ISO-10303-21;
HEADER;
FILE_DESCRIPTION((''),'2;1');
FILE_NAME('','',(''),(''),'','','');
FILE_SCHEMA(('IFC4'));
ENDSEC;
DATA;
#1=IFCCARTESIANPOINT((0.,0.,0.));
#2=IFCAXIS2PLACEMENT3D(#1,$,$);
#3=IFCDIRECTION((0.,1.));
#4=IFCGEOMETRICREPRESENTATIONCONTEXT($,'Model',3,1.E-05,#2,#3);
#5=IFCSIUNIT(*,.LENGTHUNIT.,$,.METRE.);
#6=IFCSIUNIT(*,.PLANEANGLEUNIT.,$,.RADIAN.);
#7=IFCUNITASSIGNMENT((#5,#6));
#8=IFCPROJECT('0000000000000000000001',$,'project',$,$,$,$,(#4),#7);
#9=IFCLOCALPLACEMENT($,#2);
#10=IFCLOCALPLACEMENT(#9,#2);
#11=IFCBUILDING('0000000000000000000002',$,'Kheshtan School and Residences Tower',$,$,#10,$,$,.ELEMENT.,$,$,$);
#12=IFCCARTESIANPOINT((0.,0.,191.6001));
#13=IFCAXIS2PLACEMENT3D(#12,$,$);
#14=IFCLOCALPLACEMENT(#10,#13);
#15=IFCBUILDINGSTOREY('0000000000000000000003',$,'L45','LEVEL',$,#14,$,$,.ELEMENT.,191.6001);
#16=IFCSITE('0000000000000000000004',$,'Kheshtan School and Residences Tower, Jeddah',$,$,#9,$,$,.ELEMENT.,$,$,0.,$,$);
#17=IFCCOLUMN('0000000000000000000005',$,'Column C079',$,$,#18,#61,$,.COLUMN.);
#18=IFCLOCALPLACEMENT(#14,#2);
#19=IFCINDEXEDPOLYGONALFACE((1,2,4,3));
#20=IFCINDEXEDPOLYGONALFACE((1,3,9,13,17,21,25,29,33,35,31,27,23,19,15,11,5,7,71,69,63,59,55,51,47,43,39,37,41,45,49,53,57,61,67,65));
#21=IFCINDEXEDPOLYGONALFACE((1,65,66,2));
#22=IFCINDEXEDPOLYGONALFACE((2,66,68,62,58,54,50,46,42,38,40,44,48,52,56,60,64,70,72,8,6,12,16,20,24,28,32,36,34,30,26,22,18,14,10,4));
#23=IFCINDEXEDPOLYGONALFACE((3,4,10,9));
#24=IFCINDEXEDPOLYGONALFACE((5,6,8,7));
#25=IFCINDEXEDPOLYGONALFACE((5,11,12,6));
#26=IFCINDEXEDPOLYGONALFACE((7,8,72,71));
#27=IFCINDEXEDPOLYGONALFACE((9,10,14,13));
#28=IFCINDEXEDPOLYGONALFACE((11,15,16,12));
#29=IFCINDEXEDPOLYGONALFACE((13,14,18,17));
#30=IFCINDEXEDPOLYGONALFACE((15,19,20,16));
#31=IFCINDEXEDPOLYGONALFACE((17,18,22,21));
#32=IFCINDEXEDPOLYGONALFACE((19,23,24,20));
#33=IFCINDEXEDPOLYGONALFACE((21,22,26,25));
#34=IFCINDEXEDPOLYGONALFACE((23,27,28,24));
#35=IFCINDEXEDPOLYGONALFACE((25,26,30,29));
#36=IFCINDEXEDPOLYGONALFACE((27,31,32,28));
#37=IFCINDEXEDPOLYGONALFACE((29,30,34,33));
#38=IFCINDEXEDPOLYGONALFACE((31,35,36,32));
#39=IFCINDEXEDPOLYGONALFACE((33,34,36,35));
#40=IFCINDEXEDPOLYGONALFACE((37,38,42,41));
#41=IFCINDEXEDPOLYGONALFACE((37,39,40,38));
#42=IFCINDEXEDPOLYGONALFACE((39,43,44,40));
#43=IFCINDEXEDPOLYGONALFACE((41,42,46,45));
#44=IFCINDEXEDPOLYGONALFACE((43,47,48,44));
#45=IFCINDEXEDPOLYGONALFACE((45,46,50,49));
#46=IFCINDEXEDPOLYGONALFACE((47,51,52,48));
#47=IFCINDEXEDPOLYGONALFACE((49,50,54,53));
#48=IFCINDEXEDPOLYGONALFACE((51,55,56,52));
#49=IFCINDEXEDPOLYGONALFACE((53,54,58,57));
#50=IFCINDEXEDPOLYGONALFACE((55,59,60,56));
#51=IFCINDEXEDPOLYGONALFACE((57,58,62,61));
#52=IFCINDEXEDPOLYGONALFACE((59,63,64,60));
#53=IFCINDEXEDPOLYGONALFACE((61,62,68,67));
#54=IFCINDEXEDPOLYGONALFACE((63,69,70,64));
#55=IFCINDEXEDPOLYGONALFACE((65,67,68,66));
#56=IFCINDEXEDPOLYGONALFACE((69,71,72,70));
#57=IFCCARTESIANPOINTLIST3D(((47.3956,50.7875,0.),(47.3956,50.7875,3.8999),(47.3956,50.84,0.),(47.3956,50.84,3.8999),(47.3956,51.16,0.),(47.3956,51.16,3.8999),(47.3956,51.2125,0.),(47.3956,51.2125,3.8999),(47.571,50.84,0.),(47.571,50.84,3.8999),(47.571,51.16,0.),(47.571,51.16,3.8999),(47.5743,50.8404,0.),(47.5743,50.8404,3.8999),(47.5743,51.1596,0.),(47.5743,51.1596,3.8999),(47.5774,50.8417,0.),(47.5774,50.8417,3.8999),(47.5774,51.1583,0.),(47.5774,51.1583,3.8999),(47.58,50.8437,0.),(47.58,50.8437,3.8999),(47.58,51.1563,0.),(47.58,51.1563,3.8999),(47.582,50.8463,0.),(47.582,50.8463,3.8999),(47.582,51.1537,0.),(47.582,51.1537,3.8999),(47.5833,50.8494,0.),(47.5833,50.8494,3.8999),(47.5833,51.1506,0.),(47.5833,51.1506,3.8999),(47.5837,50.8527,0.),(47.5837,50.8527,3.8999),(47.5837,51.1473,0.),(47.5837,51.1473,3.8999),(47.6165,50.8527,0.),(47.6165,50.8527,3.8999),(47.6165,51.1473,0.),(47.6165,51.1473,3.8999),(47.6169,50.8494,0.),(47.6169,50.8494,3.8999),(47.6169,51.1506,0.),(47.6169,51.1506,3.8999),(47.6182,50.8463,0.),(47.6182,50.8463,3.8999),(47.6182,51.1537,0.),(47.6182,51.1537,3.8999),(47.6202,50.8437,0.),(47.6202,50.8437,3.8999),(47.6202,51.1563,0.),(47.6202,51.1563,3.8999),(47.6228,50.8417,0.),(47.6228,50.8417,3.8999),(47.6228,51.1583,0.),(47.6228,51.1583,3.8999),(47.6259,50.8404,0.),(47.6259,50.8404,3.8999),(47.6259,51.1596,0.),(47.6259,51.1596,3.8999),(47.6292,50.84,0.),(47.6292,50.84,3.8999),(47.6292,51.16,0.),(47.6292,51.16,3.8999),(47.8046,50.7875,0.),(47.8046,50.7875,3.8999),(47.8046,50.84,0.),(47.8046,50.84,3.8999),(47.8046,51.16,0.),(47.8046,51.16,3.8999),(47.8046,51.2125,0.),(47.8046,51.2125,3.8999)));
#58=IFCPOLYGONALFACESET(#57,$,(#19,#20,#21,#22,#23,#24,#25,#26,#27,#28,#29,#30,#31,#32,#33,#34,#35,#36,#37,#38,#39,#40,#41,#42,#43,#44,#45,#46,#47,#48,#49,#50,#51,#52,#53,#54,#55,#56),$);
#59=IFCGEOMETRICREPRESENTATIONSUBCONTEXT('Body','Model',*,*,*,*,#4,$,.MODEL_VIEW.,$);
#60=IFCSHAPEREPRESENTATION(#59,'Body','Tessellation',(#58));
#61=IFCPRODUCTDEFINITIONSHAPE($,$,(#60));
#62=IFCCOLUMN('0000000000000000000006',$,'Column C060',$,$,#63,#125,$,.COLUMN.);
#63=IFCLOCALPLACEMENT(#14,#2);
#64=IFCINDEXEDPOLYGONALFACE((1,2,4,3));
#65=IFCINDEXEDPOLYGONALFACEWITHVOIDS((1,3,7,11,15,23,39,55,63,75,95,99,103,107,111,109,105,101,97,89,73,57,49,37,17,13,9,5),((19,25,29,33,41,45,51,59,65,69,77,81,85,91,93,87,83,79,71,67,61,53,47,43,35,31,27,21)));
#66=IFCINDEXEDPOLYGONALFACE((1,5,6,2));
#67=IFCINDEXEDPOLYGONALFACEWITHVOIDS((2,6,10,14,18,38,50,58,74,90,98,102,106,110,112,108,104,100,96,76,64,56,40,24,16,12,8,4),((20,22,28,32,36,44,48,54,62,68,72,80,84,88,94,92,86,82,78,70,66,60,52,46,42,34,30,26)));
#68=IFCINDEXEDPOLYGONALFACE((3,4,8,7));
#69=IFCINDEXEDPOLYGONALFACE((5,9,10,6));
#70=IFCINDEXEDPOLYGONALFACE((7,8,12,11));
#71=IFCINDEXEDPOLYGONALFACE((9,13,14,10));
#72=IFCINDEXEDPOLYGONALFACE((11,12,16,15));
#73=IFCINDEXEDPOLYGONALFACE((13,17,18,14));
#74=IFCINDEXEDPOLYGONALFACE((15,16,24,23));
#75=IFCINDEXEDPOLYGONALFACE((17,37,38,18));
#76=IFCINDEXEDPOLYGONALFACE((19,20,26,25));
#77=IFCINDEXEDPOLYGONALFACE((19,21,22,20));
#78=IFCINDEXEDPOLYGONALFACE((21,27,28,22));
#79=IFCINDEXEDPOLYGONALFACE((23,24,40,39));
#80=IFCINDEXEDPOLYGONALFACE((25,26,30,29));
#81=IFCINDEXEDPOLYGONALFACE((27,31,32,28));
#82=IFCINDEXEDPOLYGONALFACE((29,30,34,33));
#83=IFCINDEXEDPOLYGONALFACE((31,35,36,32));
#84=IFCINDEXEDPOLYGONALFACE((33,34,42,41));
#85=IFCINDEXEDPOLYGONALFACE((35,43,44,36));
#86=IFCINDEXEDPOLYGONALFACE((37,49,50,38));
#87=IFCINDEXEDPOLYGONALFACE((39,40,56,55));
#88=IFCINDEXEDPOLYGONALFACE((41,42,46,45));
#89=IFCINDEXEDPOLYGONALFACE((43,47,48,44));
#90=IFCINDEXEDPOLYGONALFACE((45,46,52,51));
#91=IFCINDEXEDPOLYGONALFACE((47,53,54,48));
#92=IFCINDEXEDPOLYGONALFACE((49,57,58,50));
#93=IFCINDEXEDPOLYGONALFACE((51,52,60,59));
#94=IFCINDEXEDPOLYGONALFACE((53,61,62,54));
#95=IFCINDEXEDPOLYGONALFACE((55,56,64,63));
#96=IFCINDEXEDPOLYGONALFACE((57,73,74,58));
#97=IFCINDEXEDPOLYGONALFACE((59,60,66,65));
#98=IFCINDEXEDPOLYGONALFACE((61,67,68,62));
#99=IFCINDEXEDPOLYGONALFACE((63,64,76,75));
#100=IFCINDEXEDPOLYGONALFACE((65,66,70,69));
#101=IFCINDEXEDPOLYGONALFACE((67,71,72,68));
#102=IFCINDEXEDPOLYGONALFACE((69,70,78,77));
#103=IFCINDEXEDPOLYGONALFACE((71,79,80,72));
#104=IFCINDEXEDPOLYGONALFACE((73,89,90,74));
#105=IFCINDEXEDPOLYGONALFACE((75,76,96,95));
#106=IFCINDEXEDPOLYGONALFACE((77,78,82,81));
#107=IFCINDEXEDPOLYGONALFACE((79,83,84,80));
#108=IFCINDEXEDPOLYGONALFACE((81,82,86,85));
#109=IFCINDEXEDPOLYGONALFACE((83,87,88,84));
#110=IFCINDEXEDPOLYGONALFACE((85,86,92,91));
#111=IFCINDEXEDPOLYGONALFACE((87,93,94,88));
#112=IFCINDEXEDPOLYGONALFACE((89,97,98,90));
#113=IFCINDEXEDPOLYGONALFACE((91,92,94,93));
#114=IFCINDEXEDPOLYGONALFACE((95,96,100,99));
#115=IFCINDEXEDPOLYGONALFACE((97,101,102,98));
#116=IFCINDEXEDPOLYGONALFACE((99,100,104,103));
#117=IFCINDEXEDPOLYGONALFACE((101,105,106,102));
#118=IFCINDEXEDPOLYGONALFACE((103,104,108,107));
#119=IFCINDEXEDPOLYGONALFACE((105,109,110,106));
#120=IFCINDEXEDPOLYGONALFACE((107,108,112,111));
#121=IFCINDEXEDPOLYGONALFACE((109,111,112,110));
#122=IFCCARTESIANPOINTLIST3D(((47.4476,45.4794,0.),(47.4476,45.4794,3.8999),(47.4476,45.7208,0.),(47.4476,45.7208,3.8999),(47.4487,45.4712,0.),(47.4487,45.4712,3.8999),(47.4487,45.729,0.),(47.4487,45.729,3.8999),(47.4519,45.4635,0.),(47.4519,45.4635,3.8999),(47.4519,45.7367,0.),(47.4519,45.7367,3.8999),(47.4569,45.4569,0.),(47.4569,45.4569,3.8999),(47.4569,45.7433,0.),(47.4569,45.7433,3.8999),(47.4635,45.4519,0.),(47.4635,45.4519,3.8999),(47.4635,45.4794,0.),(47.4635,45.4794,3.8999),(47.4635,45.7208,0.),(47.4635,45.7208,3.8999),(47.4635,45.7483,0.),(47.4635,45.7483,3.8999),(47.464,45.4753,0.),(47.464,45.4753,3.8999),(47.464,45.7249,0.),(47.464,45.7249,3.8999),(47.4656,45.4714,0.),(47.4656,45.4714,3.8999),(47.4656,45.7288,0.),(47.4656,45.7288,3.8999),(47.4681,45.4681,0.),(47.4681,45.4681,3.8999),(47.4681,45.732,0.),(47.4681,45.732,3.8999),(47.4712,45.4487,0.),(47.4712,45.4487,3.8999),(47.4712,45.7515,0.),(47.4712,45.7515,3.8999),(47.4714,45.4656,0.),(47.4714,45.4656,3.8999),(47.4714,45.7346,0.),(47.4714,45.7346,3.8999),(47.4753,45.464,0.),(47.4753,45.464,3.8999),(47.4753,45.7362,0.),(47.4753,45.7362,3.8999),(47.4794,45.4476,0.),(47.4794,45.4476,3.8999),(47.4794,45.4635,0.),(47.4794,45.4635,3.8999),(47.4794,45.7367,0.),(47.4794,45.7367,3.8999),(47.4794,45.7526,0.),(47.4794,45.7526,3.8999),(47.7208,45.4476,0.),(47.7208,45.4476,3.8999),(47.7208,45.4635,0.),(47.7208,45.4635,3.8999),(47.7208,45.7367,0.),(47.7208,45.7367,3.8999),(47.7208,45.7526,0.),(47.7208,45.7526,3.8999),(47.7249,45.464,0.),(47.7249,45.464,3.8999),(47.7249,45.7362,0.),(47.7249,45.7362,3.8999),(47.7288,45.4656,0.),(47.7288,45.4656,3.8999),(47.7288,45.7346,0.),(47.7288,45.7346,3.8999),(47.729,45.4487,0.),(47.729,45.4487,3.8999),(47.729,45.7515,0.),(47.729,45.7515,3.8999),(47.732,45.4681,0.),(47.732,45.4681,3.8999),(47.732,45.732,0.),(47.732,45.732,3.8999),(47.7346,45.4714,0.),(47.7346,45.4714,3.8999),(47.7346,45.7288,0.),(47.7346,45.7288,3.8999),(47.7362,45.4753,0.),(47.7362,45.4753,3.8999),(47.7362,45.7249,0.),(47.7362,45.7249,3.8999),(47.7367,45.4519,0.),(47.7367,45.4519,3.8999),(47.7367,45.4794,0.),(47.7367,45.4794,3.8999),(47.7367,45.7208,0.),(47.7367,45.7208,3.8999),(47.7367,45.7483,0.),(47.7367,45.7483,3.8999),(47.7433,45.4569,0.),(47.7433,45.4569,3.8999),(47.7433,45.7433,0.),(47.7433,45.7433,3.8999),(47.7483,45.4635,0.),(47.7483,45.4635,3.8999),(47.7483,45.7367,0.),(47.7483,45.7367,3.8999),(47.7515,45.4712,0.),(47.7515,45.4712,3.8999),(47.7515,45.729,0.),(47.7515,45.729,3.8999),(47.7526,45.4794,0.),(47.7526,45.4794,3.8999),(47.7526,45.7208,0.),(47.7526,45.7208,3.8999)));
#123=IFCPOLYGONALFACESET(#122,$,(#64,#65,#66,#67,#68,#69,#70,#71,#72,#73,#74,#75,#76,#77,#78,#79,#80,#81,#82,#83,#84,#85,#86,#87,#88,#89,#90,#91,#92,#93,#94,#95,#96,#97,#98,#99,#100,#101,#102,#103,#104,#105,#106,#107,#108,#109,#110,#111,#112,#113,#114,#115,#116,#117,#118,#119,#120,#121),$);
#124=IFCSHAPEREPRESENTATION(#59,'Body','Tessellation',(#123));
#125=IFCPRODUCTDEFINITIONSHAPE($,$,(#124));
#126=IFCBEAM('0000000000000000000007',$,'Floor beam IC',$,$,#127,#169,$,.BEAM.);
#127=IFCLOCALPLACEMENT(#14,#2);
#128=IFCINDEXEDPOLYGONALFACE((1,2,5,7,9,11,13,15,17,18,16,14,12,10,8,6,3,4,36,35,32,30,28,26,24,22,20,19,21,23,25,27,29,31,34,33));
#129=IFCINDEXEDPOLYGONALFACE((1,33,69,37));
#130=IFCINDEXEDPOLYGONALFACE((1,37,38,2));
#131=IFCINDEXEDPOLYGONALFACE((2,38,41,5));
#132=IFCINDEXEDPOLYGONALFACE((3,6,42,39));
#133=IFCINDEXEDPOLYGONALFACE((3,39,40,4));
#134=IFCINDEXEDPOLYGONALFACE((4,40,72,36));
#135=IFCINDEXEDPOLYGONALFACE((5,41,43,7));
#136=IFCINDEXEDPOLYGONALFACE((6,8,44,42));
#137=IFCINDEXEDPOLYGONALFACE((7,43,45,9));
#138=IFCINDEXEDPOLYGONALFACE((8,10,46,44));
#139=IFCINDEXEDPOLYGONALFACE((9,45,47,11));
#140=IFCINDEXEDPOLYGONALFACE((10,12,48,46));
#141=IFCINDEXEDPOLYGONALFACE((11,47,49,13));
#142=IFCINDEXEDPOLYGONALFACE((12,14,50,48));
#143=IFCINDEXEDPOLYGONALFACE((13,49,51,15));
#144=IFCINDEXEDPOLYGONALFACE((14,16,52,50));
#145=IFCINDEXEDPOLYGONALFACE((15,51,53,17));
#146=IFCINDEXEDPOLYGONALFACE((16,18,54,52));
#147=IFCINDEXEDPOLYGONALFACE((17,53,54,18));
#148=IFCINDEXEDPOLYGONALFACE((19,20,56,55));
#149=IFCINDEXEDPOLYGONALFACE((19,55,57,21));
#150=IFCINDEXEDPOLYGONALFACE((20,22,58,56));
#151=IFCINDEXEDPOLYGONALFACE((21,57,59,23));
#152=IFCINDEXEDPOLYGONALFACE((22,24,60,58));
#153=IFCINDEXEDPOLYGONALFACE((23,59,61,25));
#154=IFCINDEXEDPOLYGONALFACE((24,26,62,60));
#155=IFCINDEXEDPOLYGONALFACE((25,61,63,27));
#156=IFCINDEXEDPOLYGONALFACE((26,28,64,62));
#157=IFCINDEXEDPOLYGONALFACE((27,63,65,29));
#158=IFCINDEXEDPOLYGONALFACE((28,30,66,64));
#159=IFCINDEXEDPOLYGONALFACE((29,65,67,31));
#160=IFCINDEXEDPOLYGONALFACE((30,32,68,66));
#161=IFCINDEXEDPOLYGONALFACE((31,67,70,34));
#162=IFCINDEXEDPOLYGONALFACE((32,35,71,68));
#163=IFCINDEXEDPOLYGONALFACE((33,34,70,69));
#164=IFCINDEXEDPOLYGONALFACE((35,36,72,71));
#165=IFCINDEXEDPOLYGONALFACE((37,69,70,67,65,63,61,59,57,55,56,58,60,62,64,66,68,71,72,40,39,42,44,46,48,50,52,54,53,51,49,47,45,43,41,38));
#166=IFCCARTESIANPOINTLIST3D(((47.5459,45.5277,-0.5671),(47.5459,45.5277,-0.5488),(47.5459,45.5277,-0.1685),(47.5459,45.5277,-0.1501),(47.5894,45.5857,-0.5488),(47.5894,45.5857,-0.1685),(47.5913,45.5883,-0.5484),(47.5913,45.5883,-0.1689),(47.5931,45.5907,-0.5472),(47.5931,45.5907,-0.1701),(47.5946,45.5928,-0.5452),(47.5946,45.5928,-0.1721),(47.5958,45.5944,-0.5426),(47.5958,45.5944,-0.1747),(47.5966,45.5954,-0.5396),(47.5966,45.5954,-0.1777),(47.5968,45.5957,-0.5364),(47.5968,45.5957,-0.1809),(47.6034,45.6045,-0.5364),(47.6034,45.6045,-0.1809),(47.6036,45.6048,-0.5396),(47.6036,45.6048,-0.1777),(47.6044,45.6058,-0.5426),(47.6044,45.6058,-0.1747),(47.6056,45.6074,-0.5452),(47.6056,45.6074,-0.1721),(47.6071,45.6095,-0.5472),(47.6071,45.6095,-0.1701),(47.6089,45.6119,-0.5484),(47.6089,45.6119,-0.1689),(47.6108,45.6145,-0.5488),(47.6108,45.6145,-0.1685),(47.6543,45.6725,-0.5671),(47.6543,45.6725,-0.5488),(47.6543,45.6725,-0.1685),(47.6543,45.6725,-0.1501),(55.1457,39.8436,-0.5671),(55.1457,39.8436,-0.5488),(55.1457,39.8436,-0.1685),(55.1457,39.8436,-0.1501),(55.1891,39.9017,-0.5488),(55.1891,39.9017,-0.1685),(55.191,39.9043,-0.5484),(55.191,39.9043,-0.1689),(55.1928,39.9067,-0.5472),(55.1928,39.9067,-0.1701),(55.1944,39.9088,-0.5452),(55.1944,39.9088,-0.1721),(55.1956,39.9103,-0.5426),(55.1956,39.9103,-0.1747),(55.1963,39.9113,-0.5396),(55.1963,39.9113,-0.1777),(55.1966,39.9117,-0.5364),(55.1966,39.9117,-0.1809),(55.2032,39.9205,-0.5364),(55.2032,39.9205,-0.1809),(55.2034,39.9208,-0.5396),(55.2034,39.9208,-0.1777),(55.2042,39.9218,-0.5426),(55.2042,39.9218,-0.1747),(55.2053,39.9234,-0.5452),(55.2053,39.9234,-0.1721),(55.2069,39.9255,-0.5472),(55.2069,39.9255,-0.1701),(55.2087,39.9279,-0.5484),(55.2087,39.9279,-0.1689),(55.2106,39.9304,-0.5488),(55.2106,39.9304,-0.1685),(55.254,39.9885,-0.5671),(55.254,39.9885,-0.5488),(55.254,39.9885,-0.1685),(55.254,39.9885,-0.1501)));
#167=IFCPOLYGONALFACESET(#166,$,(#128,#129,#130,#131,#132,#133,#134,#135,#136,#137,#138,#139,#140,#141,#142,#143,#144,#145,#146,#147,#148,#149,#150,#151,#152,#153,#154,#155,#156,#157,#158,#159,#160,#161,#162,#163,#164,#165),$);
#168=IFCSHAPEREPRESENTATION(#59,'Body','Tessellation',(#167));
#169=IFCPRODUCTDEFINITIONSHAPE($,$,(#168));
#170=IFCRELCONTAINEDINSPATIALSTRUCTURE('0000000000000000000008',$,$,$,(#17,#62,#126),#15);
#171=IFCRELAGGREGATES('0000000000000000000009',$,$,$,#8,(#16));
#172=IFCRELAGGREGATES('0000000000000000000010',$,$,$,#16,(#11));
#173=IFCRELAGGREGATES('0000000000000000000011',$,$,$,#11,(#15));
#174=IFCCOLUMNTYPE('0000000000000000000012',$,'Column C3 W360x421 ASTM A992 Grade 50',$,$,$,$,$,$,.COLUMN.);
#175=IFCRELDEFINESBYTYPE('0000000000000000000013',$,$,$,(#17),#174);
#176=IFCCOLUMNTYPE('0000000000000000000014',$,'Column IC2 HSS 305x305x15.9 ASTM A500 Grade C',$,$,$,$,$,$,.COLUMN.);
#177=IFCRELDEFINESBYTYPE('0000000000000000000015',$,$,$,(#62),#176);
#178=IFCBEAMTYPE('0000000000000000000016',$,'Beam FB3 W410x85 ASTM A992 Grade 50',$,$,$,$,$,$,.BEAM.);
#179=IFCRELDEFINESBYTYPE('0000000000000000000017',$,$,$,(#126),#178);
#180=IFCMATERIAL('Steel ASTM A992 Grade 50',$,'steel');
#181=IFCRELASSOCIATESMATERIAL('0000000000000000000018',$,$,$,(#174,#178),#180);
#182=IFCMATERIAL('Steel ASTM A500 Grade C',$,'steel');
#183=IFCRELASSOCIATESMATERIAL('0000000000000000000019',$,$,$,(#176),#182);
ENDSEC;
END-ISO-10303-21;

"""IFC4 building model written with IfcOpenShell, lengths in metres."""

from ifc_helpers import new_model, si_unit, direction, frame, origin, origin_2d, place, context, subcontext, project, spatial, hollow_rectangle, i_section, extrude, material, material_profile, profile_set, type_object, element, save


model = new_model("IFC4")

# Units and contexts
model_context = context("Model", 3, precision=1e-05, world=origin(), true_north=direction((0.0, 1.0)))
body_context = subcontext(model_context, "Body", "Model", "MODEL_VIEW")
ifc_project = project(units=[si_unit("LENGTHUNIT", "METRE"), si_unit("PLANEANGLEUNIT", "RADIAN")], contexts=[model_context])

# Site, building, storey
site_placement = place(None, origin())
site = spatial("IfcSite", under=ifc_project, at=site_placement, Name="Kheshtan School and Residences Tower, Jeddah", CompositionType="ELEMENT", RefElevation=0.0)
building_placement = place(site_placement, origin())
building = spatial("IfcBuilding", under=site, at=building_placement, Name="Kheshtan School and Residences Tower", CompositionType="ELEMENT")
storey_placement = place(building_placement, frame((0.0, 0.0, 191.6001)))
storey = spatial("IfcBuildingStorey", under=building, at=storey_placement, Name="L45", Description="LEVEL", CompositionType="ELEMENT", Elevation=191.6001)

# Columns
ifc_material_1 = material(Name="Steel ASTM A992 Grade 50", Category="steel")
ifc_material_profile_1 = material_profile(ifc_material_1, i_section(OverallWidth=0.4089, OverallDepth=0.425, WebThickness=0.0327, FlangeThickness=0.0525, FilletRadius=0.0127, at=origin_2d()), Name="W360x421")
ifc_profile_set_1 = profile_set([ifc_material_profile_1], Name="Steel ASTM A992 Grade 50")
column_type_1 = type_object("IfcColumnType", Name="Column C3 W360x421 ASTM A992 Grade 50", PredefinedType="COLUMN", material=ifc_profile_set_1)
column_1_placement = place(storey_placement, frame((47.6001, 51.0, 0.0), z_axis=(0.0, 0.0, 1.0), x_axis=(1.0, 0.0, 0.0)))
element("IfcColumn", 1, at=column_1_placement, inside=storey, type_object=column_type_1, Name="Column C079", PredefinedType="COLUMN", context=body_context, shape_type="SweptSolid", body=[
    extrude(i_section(OverallWidth=0.4089, OverallDepth=0.425, WebThickness=0.0327, FlangeThickness=0.0525, FilletRadius=0.0127, at=origin_2d()), origin(), (0.0, 0.0, 1.0), 3.8999),
])
ifc_material_2 = material(Name="Steel ASTM A500 Grade C", Category="steel")
ifc_material_profile_2 = material_profile(ifc_material_2, hollow_rectangle(XDim=0.3049, YDim=0.3049, WallThickness=0.0159, InnerFilletRadius=0.0159, OuterFilletRadius=0.0317, at=origin_2d()), Name="HSS 305x305x15.9")
ifc_profile_set_2 = profile_set([ifc_material_profile_2], Name="Steel ASTM A500 Grade C")
column_type_2 = type_object("IfcColumnType", Name="Column IC2 HSS 305x305x15.9 ASTM A500 Grade C", PredefinedType="COLUMN", material=ifc_profile_set_2)
column_2_placement = place(storey_placement, frame((47.6001, 45.6001, 0.0), z_axis=(0.0, 0.0, 1.0), x_axis=(1.0, 0.0, 0.0)))
element("IfcColumn", 2, at=column_2_placement, inside=storey, type_object=column_type_2, Name="Column C060", PredefinedType="COLUMN", context=body_context, shape_type="SweptSolid", body=[
    extrude(hollow_rectangle(XDim=0.3049, YDim=0.3049, WallThickness=0.0159, InnerFilletRadius=0.0159, OuterFilletRadius=0.0317, at=origin_2d()), origin(), (0.0, 0.0, 1.0), 3.8999),
])

# Beam
ifc_material_profile_3 = material_profile(ifc_material_1, i_section(OverallWidth=0.1809, OverallDepth=0.417, WebThickness=0.011, FlangeThickness=0.0183, FilletRadius=0.0125, at=origin_2d()), Name="W410x85")
ifc_profile_set_3 = profile_set([ifc_material_profile_3], Name="Steel ASTM A992 Grade 50")
beam_type_1 = type_object("IfcBeamType", Name="Beam FB3 W410x85 ASTM A992 Grade 50", PredefinedType="BEAM", material=ifc_profile_set_3)
beam_1_placement = place(storey_placement, frame((47.6001, 45.6001, -0.3586), z_axis=(0.800799, -0.598933, 0.0), x_axis=(0.598933, 0.800799, 0.0)))
element("IfcBeam", 3, at=beam_1_placement, inside=storey, type_object=beam_type_1, Name="Floor beam IC", PredefinedType="BEAM", context=body_context, shape_type="SweptSolid", body=[
    extrude(i_section(OverallWidth=0.1809, OverallDepth=0.417, WebThickness=0.011, FlangeThickness=0.0183, FilletRadius=0.0125, at=origin_2d()), origin(), (0.0, 0.0, 1.0), 9.4902),
])

save(model, "model.ifc")
